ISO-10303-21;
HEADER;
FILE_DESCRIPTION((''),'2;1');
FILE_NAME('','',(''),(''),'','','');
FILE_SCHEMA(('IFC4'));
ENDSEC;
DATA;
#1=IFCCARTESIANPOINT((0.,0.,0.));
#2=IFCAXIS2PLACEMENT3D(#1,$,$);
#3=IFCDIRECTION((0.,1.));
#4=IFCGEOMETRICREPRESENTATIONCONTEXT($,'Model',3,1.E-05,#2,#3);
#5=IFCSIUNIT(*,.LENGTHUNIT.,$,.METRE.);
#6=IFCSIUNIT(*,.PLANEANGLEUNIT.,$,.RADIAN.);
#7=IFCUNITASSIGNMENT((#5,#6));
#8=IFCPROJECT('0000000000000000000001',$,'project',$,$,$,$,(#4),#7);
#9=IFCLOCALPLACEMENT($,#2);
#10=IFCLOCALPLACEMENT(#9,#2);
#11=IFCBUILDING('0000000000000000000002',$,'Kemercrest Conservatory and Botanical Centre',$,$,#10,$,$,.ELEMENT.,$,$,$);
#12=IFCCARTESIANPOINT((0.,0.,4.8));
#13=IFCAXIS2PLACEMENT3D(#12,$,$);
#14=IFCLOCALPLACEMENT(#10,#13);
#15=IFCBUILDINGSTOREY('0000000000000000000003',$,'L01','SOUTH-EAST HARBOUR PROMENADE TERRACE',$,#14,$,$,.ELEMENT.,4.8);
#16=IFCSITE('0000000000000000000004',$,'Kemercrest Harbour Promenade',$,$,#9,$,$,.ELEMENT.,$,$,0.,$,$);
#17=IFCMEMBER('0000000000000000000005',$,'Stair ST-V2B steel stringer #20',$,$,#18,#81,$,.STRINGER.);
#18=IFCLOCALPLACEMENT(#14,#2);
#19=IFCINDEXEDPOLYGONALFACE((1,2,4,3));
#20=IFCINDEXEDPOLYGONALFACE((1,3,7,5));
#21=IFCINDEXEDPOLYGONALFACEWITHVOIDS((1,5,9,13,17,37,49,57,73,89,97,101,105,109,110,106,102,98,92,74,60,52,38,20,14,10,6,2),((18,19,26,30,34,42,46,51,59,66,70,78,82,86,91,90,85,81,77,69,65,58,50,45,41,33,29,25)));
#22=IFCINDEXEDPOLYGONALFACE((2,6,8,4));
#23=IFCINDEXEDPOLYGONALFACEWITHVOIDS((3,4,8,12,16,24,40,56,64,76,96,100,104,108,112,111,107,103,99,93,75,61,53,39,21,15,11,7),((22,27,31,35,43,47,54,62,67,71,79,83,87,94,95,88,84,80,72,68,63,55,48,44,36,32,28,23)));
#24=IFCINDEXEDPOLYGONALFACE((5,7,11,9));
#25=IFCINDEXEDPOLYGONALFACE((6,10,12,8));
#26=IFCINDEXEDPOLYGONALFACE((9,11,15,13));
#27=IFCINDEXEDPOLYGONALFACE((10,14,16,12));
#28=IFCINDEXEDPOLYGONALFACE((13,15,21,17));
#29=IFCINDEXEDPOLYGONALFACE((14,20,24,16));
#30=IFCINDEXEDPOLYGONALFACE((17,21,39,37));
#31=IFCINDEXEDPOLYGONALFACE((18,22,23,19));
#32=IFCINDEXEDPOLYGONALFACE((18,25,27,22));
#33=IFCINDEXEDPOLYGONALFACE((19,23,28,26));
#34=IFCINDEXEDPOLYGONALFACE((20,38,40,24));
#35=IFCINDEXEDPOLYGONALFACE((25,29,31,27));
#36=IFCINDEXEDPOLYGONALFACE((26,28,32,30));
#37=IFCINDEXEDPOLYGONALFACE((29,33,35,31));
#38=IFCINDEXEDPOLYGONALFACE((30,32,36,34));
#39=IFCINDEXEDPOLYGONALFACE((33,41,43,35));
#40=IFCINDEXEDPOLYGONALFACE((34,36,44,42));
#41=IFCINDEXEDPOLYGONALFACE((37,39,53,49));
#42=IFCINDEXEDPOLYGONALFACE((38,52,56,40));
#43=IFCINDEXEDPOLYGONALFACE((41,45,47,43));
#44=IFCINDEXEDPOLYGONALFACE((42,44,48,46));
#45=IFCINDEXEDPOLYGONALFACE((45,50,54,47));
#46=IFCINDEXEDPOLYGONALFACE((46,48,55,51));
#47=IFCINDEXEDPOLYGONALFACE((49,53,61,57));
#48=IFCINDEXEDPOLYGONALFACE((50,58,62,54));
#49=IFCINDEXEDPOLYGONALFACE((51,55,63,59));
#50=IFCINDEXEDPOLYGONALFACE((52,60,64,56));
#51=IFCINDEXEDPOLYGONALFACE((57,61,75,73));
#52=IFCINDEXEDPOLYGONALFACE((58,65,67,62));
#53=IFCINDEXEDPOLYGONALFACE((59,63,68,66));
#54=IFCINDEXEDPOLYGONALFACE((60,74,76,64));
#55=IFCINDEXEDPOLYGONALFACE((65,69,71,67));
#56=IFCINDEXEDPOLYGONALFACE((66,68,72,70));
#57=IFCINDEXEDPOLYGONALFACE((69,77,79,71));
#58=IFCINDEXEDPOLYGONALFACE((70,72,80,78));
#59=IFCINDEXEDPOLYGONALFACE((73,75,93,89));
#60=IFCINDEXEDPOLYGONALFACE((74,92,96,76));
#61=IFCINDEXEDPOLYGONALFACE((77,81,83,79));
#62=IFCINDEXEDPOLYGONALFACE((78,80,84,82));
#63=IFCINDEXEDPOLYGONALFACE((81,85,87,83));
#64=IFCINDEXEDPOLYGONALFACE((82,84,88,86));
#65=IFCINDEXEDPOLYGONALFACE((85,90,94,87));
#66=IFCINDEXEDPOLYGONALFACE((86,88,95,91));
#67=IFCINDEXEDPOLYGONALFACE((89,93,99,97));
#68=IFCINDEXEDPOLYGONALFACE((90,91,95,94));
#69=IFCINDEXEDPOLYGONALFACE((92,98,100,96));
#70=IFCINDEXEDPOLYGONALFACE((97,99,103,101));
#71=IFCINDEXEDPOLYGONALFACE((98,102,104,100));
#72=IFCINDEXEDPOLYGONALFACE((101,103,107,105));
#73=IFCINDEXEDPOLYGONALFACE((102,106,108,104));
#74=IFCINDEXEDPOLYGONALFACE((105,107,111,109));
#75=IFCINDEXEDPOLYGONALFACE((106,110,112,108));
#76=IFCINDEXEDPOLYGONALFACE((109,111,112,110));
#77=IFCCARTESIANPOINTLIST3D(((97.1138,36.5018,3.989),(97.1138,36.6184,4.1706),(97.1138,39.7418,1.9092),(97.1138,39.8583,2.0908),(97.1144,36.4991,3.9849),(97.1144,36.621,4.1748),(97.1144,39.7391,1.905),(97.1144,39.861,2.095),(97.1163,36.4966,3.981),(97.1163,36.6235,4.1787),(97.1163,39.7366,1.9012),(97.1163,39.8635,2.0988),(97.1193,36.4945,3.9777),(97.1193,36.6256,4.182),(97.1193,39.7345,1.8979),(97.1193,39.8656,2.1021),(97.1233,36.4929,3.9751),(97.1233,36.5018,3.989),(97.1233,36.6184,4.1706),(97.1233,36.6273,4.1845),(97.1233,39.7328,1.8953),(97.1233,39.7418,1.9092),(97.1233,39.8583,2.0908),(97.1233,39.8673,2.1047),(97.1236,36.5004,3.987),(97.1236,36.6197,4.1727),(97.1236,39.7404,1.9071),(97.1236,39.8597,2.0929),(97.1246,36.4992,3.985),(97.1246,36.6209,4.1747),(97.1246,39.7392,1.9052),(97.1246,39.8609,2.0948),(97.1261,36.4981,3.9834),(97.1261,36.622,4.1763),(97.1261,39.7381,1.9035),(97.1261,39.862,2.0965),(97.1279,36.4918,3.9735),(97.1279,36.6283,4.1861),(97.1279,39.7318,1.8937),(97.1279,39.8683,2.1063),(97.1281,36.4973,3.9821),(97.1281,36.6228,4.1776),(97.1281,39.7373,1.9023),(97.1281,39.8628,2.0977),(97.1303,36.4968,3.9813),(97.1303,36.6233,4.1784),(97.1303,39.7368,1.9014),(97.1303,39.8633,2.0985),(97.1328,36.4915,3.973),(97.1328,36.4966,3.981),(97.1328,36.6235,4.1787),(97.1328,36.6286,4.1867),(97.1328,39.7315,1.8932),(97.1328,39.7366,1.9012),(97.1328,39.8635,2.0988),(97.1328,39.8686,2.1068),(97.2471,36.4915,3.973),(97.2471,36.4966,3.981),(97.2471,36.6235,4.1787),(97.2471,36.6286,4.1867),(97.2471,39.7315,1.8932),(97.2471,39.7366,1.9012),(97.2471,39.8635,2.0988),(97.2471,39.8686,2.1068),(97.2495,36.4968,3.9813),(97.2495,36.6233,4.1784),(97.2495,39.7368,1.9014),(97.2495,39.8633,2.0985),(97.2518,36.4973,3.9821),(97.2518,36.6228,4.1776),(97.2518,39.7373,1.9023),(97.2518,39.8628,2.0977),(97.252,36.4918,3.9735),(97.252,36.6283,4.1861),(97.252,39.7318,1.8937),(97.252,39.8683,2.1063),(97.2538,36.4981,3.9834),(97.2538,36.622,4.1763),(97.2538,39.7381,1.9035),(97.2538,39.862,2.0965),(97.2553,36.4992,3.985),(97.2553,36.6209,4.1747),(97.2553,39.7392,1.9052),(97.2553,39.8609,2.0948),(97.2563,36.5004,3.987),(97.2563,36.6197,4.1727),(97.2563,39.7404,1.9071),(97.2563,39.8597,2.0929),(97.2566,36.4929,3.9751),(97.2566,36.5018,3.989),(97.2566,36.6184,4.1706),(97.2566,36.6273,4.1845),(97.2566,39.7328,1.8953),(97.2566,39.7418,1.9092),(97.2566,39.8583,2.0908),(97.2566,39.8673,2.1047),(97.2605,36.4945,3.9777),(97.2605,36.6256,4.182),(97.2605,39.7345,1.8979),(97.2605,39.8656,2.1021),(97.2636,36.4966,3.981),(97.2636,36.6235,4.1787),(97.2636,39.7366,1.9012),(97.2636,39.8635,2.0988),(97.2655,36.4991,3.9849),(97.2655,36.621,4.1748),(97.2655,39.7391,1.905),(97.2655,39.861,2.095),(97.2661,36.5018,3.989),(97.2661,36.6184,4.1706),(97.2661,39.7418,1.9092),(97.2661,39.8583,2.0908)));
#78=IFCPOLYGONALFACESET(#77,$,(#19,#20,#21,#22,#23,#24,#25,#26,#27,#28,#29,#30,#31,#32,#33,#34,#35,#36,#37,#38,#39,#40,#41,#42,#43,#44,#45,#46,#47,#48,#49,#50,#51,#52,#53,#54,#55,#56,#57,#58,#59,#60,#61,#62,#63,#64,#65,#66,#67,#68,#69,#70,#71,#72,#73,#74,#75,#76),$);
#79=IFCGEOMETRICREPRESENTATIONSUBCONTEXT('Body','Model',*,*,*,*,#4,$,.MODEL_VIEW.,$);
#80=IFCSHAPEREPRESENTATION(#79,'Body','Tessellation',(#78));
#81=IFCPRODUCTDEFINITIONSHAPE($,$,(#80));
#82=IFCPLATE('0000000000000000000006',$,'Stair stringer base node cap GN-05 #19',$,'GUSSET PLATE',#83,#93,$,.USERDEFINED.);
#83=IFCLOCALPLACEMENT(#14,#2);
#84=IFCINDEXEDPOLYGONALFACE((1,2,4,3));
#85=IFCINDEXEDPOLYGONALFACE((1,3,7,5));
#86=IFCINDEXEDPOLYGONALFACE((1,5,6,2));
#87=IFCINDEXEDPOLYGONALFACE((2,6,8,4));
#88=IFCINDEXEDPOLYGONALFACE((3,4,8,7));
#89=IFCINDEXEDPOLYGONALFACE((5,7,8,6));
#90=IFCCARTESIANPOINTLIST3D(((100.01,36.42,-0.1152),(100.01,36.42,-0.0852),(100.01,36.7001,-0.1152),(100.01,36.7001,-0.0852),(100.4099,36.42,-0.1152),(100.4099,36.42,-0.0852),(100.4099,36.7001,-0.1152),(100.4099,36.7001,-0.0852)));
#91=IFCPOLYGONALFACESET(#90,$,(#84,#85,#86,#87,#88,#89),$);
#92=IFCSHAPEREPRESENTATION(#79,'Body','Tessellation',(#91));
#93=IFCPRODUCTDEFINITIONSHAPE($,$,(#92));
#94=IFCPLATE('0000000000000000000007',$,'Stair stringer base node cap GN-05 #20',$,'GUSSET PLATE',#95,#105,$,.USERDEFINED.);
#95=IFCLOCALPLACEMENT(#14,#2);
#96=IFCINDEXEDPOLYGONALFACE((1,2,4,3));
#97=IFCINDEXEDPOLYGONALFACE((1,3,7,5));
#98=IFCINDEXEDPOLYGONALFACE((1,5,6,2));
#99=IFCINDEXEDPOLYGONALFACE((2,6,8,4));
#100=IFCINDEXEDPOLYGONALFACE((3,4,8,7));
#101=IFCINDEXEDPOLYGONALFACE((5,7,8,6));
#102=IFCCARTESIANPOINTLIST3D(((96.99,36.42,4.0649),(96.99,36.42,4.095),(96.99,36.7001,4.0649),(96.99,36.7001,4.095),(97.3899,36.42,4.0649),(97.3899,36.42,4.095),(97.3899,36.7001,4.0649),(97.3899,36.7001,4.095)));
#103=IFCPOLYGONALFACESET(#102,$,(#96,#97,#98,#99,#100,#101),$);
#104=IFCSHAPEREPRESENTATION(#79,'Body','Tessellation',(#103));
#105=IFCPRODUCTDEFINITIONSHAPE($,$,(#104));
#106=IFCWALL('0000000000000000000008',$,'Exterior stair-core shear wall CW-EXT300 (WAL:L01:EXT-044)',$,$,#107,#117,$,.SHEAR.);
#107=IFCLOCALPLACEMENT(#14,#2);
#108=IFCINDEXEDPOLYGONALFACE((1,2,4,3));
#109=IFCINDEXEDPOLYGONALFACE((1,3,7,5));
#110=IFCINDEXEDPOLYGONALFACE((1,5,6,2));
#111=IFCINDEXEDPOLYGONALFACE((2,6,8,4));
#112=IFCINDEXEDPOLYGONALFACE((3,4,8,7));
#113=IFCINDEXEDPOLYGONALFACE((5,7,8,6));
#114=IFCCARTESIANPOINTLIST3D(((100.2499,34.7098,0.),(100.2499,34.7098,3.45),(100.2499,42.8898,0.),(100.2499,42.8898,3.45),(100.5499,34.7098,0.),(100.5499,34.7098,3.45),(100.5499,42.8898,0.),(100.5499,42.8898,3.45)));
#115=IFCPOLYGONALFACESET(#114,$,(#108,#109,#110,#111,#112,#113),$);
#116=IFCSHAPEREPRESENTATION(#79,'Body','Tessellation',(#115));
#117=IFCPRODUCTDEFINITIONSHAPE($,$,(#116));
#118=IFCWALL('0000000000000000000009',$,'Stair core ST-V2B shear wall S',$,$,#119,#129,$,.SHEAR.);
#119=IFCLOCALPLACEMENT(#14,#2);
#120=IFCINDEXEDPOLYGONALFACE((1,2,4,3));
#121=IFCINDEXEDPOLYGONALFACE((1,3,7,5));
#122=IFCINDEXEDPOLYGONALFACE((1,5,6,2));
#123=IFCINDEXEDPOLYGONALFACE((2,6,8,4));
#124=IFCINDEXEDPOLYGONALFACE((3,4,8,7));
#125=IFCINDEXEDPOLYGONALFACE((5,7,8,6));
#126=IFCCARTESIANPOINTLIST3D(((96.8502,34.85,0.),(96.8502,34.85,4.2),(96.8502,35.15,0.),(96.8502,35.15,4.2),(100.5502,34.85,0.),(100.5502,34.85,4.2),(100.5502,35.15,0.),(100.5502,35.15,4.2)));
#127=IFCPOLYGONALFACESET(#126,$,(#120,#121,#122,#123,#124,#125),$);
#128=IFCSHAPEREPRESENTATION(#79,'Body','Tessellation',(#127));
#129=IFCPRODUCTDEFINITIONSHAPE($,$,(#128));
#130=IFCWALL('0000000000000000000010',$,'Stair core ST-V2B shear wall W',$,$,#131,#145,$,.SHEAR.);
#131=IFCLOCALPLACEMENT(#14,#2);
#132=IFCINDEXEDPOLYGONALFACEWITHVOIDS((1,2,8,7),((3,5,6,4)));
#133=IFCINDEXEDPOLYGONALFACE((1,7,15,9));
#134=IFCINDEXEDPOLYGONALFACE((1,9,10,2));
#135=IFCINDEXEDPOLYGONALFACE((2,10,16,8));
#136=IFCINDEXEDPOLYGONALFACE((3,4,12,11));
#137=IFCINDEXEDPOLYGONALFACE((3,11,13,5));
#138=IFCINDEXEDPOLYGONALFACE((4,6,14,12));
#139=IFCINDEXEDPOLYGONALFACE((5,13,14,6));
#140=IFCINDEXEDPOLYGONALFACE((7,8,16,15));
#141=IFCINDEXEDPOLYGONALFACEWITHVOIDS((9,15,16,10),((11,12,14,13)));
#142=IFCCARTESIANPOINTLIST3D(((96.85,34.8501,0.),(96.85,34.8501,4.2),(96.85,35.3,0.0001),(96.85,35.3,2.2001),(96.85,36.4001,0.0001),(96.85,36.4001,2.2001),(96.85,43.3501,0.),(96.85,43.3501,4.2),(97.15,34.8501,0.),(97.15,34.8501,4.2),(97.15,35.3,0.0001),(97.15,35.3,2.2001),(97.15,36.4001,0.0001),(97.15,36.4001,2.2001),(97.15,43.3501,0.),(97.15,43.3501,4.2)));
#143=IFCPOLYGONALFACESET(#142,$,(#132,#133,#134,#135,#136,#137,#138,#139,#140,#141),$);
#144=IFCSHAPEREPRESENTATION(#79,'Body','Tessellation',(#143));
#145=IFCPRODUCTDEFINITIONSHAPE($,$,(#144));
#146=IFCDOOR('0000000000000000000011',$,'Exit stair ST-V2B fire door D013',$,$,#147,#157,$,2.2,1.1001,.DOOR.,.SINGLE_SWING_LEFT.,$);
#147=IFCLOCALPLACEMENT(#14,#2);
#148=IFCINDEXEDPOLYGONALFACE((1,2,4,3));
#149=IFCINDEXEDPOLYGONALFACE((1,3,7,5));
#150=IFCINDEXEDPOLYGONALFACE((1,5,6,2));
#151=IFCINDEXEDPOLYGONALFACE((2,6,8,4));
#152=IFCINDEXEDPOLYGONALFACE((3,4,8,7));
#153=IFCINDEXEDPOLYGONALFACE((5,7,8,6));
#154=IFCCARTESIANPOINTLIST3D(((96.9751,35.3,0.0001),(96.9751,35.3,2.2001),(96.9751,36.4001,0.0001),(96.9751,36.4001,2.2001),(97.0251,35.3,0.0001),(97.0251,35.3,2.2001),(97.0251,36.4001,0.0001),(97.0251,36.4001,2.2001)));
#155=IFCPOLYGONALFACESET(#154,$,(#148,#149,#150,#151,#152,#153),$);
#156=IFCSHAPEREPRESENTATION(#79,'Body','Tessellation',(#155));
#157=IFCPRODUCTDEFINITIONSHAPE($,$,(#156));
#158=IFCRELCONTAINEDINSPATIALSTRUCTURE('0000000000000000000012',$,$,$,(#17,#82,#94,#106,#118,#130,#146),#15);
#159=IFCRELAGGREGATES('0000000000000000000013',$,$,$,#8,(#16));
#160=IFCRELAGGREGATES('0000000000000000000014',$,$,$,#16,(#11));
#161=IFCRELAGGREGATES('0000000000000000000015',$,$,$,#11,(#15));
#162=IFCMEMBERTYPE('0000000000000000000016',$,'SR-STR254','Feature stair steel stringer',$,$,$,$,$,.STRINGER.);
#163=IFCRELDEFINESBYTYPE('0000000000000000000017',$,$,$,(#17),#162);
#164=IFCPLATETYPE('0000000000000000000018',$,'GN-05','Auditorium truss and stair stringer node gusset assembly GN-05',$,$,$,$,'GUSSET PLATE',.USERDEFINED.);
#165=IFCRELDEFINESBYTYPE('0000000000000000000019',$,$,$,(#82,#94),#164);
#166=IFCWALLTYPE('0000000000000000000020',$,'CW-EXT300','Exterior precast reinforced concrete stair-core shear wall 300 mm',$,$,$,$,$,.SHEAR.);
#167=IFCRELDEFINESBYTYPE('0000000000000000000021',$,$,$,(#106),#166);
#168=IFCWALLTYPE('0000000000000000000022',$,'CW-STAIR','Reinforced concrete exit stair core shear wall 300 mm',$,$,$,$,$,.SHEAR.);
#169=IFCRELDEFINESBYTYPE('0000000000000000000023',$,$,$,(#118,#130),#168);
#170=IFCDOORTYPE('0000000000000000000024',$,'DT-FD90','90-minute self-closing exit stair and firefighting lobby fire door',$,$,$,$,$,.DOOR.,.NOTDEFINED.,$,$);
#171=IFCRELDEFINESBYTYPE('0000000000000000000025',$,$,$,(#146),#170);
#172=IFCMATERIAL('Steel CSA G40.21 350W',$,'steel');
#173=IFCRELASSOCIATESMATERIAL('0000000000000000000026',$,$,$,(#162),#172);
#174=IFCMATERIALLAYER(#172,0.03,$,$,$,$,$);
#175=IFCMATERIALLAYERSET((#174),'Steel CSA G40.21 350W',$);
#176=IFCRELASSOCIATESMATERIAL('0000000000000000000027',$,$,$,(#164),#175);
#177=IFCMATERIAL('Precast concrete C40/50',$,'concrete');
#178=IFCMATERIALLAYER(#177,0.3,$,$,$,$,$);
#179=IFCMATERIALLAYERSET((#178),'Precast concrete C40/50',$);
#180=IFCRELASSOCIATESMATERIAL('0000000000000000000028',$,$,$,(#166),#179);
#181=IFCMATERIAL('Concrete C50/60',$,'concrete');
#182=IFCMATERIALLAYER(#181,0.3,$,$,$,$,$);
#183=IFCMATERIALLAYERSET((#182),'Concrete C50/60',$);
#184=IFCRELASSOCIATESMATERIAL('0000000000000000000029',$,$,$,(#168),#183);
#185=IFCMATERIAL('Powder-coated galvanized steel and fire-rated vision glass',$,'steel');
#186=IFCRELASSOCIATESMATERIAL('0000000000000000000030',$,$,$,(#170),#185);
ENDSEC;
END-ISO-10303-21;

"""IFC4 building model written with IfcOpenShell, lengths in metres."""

from ifc_helpers import new_model, si_unit, direction, frame, frame_2d, origin, origin_2d, place, context, subcontext, project, spatial, rectangle, hollow_rectangle, extrude, material, layer, layer_set, material_profile, profile_set, type_object, element, fill, save


model = new_model("IFC4")

# Units and contexts
model_context = context("Model", 3, precision=1e-05, world=origin(), true_north=direction((0.0, 1.0)))
body_context = subcontext(model_context, "Body", "Model", "MODEL_VIEW")
ifc_project = project(units=[si_unit("LENGTHUNIT", "METRE"), si_unit("PLANEANGLEUNIT", "RADIAN")], contexts=[model_context])

# Site, building, storey
site_placement = place(None, origin())
site = spatial("IfcSite", under=ifc_project, at=site_placement, Name="Kemercrest Harbour Promenade", CompositionType="ELEMENT", RefElevation=0.0)
building_placement = place(site_placement, origin())
building = spatial("IfcBuilding", under=site, at=building_placement, Name="Kemercrest Conservatory and Botanical Centre", CompositionType="ELEMENT")
storey_placement = place(building_placement, frame((0.0, 0.0, 4.8)))
storey = spatial("IfcBuildingStorey", under=building, at=storey_placement, Name="L01", Description="SOUTH-EAST HARBOUR PROMENADE TERRACE", CompositionType="ELEMENT", Elevation=4.8)

# Shared definitions
ifc_material_1 = material(Name="Precast concrete C40/50", Category="concrete")

# Member
ifc_material_2 = material(Name="Steel CSA G40.21 350W", Category="steel")
ifc_material_profile_1 = material_profile(ifc_material_2, hollow_rectangle(XDim=0.1523, YDim=0.2539, WallThickness=0.0095, InnerFilletRadius=0.0095, OuterFilletRadius=0.019, at=origin_2d()), Name="HSS 254x152x9.5")
ifc_profile_set_1 = profile_set([ifc_material_profile_1], Name="Steel CSA G40.21 350W")
member_type = type_object("IfcMemberType", Name="SR-STR254", Description="Feature stair steel stringer", PredefinedType="STRINGER", material=ifc_profile_set_1)
member_1_placement = place(storey_placement, frame((97.1899, 36.5601, 4.0798), z_axis=(0.0, 0.841535, -0.540203), x_axis=(-1.0, 0.0, 0.0)))
element("IfcMember", 1, at=member_1_placement, inside=storey, type_object=member_type, Name="Stair ST-V2B steel stringer #20", PredefinedType="STRINGER", context=body_context, shape_type="SweptSolid", body=[
    extrude(hollow_rectangle(XDim=0.1523, YDim=0.2539, WallThickness=0.0095, InnerFilletRadius=0.0095, OuterFilletRadius=0.019, at=origin_2d()), origin(), (0.0, 0.0, 1.0), 3.8501),
])

# Plates
ifc_layer_1 = layer(ifc_material_2, 0.03)
ifc_layer_set_1 = layer_set([ifc_layer_1], Name="Steel CSA G40.21 350W")
plate_type = type_object("IfcPlateType", Name="GN-05", Description="Auditorium truss and stair stringer node gusset assembly GN-05", ElementType="GUSSET PLATE", PredefinedType="USERDEFINED", material=ifc_layer_set_1)
for number, where, z_axis, x_axis, name in (
    (2, (100.21, 36.5601, -0.1152), (0.0, 0.0, 1.0), (1.0, 0.0, 0.0), "Stair stringer base node cap GN-05 #19"),
    (3, (97.1899, 36.5601, 4.0649), (0.0, 0.0, 1.0), (1.0, 0.0, 0.0), "Stair stringer base node cap GN-05 #20"),
):
    element("IfcPlate", number, at=place(storey_placement, frame(where, z_axis=z_axis, x_axis=x_axis)), inside=storey, type_object=plate_type, Name=name, ObjectType="GUSSET PLATE", PredefinedType="USERDEFINED", context=body_context, shape_type="SweptSolid", body=[
        extrude(rectangle(XDim=0.3999, YDim=0.28, at=origin_2d()), origin(), (0.0, 0.0, 1.0), 0.03),
    ])

# Walls
ifc_layer_2 = layer(ifc_material_1, 0.3)
ifc_layer_set_2 = layer_set([ifc_layer_2], Name="Precast concrete C40/50")
wall_type_1 = type_object("IfcWallType", Name="CW-EXT300", Description="Exterior precast reinforced concrete stair-core shear wall 300 mm", PredefinedType="SHEAR", material=ifc_layer_set_2)
wall_1_placement = place(storey_placement, frame((100.3999, 34.71, 0.0), z_axis=(0.0, 0.0, 1.0), x_axis=(0.0, 1.0, 0.0)))
element("IfcWall", 4, at=wall_1_placement, inside=storey, type_object=wall_type_1, Name="Exterior stair-core shear wall CW-EXT300 (WAL:L01:EXT-044)", PredefinedType="SHEAR", context=body_context, shape_type="SweptSolid", body=[
    extrude(rectangle(XDim=8.1799, YDim=0.3, at=frame_2d((4.0898, 0.0))), origin(), (0.0, 0.0, 1.0), 3.45),
])
ifc_material_3 = material(Name="Concrete C50/60", Category="concrete")
ifc_layer_3 = layer(ifc_material_3, 0.3)
ifc_layer_set_3 = layer_set([ifc_layer_3], Name="Concrete C50/60")
wall_type_2 = type_object("IfcWallType", Name="CW-STAIR", Description="Reinforced concrete exit stair core shear wall 300 mm", PredefinedType="SHEAR", material=ifc_layer_set_3)
wall_2_placement = place(storey_placement, frame((96.8501, 35.0, 0.0), z_axis=(0.0, 0.0, 1.0), x_axis=(1.0, 0.0, 0.0)))
element("IfcWall", 5, at=wall_2_placement, inside=storey, type_object=wall_type_2, Name="Stair core ST-V2B shear wall S", PredefinedType="SHEAR", context=body_context, shape_type="SweptSolid", body=[
    extrude(rectangle(XDim=3.7, YDim=0.3, at=frame_2d((1.8501, 0.0))), origin(), (0.0, 0.0, 1.0), 4.2),
])

# Wall, opening, door
wall_3_placement = place(storey_placement, frame((97.0, 34.8501, 0.0), z_axis=(0.0, 0.0, 1.0), x_axis=(0.0, 1.0, 0.0)))
wall_3 = element("IfcWall", 6, at=wall_3_placement, inside=storey, type_object=wall_type_2, Name="Stair core ST-V2B shear wall W", PredefinedType="SHEAR", context=body_context, shape_type="SweptSolid", body=[
    extrude(rectangle(XDim=8.5, YDim=0.3, at=frame_2d((4.25, 0.0))), origin(), (0.0, 0.0, 1.0), 4.2),
])
opening_1_placement = place(wall_3_placement, frame((0.45, 0.0, 0.0)))
opening_1 = element("IfcOpeningElement", 7, at=opening_1_placement, cuts=wall_3, PredefinedType="OPENING", context=body_context, shape_type="SweptSolid", body=[
    extrude(rectangle(XDim=1.1001, YDim=2.2, at=frame_2d((0.55, 1.1001))), frame((0.0, 0.1602, 0.0), z_axis=(0.0, -1.0, 0.0), x_axis=(1.0, 0.0, 0.0)), (0.0, 0.0, 1.0), 0.3201),
])
ifc_material_4 = material(Name="Powder-coated galvanized steel and fire-rated vision glass", Category="steel")
door_type_1 = type_object("IfcDoorType", Name="DT-FD90", Description="90-minute self-closing exit stair and firefighting lobby fire door", OperationType="NOTDEFINED", PredefinedType="DOOR", material=ifc_material_4)
door_1_placement = place(opening_1_placement, origin())
door_1 = element("IfcDoor", 8, at=door_1_placement, inside=storey, type_object=door_type_1, Name="Exit stair ST-V2B fire door D013", OperationType="SINGLE_SWING_LEFT", OverallHeight=2.2, OverallWidth=1.1001, PredefinedType="DOOR", context=body_context, shape_type="SweptSolid", body=[
    extrude(rectangle(XDim=1.1001, YDim=2.2, at=frame_2d((0.55, 1.1001))), frame((0.0, 0.0249, 0.0), z_axis=(0.0, -1.0, 0.0), x_axis=(1.0, 0.0, 0.0)), (0.0, 0.0, 1.0), 0.05),
])
fill(opening_1, door_1)

save(model, "model.ifc")
